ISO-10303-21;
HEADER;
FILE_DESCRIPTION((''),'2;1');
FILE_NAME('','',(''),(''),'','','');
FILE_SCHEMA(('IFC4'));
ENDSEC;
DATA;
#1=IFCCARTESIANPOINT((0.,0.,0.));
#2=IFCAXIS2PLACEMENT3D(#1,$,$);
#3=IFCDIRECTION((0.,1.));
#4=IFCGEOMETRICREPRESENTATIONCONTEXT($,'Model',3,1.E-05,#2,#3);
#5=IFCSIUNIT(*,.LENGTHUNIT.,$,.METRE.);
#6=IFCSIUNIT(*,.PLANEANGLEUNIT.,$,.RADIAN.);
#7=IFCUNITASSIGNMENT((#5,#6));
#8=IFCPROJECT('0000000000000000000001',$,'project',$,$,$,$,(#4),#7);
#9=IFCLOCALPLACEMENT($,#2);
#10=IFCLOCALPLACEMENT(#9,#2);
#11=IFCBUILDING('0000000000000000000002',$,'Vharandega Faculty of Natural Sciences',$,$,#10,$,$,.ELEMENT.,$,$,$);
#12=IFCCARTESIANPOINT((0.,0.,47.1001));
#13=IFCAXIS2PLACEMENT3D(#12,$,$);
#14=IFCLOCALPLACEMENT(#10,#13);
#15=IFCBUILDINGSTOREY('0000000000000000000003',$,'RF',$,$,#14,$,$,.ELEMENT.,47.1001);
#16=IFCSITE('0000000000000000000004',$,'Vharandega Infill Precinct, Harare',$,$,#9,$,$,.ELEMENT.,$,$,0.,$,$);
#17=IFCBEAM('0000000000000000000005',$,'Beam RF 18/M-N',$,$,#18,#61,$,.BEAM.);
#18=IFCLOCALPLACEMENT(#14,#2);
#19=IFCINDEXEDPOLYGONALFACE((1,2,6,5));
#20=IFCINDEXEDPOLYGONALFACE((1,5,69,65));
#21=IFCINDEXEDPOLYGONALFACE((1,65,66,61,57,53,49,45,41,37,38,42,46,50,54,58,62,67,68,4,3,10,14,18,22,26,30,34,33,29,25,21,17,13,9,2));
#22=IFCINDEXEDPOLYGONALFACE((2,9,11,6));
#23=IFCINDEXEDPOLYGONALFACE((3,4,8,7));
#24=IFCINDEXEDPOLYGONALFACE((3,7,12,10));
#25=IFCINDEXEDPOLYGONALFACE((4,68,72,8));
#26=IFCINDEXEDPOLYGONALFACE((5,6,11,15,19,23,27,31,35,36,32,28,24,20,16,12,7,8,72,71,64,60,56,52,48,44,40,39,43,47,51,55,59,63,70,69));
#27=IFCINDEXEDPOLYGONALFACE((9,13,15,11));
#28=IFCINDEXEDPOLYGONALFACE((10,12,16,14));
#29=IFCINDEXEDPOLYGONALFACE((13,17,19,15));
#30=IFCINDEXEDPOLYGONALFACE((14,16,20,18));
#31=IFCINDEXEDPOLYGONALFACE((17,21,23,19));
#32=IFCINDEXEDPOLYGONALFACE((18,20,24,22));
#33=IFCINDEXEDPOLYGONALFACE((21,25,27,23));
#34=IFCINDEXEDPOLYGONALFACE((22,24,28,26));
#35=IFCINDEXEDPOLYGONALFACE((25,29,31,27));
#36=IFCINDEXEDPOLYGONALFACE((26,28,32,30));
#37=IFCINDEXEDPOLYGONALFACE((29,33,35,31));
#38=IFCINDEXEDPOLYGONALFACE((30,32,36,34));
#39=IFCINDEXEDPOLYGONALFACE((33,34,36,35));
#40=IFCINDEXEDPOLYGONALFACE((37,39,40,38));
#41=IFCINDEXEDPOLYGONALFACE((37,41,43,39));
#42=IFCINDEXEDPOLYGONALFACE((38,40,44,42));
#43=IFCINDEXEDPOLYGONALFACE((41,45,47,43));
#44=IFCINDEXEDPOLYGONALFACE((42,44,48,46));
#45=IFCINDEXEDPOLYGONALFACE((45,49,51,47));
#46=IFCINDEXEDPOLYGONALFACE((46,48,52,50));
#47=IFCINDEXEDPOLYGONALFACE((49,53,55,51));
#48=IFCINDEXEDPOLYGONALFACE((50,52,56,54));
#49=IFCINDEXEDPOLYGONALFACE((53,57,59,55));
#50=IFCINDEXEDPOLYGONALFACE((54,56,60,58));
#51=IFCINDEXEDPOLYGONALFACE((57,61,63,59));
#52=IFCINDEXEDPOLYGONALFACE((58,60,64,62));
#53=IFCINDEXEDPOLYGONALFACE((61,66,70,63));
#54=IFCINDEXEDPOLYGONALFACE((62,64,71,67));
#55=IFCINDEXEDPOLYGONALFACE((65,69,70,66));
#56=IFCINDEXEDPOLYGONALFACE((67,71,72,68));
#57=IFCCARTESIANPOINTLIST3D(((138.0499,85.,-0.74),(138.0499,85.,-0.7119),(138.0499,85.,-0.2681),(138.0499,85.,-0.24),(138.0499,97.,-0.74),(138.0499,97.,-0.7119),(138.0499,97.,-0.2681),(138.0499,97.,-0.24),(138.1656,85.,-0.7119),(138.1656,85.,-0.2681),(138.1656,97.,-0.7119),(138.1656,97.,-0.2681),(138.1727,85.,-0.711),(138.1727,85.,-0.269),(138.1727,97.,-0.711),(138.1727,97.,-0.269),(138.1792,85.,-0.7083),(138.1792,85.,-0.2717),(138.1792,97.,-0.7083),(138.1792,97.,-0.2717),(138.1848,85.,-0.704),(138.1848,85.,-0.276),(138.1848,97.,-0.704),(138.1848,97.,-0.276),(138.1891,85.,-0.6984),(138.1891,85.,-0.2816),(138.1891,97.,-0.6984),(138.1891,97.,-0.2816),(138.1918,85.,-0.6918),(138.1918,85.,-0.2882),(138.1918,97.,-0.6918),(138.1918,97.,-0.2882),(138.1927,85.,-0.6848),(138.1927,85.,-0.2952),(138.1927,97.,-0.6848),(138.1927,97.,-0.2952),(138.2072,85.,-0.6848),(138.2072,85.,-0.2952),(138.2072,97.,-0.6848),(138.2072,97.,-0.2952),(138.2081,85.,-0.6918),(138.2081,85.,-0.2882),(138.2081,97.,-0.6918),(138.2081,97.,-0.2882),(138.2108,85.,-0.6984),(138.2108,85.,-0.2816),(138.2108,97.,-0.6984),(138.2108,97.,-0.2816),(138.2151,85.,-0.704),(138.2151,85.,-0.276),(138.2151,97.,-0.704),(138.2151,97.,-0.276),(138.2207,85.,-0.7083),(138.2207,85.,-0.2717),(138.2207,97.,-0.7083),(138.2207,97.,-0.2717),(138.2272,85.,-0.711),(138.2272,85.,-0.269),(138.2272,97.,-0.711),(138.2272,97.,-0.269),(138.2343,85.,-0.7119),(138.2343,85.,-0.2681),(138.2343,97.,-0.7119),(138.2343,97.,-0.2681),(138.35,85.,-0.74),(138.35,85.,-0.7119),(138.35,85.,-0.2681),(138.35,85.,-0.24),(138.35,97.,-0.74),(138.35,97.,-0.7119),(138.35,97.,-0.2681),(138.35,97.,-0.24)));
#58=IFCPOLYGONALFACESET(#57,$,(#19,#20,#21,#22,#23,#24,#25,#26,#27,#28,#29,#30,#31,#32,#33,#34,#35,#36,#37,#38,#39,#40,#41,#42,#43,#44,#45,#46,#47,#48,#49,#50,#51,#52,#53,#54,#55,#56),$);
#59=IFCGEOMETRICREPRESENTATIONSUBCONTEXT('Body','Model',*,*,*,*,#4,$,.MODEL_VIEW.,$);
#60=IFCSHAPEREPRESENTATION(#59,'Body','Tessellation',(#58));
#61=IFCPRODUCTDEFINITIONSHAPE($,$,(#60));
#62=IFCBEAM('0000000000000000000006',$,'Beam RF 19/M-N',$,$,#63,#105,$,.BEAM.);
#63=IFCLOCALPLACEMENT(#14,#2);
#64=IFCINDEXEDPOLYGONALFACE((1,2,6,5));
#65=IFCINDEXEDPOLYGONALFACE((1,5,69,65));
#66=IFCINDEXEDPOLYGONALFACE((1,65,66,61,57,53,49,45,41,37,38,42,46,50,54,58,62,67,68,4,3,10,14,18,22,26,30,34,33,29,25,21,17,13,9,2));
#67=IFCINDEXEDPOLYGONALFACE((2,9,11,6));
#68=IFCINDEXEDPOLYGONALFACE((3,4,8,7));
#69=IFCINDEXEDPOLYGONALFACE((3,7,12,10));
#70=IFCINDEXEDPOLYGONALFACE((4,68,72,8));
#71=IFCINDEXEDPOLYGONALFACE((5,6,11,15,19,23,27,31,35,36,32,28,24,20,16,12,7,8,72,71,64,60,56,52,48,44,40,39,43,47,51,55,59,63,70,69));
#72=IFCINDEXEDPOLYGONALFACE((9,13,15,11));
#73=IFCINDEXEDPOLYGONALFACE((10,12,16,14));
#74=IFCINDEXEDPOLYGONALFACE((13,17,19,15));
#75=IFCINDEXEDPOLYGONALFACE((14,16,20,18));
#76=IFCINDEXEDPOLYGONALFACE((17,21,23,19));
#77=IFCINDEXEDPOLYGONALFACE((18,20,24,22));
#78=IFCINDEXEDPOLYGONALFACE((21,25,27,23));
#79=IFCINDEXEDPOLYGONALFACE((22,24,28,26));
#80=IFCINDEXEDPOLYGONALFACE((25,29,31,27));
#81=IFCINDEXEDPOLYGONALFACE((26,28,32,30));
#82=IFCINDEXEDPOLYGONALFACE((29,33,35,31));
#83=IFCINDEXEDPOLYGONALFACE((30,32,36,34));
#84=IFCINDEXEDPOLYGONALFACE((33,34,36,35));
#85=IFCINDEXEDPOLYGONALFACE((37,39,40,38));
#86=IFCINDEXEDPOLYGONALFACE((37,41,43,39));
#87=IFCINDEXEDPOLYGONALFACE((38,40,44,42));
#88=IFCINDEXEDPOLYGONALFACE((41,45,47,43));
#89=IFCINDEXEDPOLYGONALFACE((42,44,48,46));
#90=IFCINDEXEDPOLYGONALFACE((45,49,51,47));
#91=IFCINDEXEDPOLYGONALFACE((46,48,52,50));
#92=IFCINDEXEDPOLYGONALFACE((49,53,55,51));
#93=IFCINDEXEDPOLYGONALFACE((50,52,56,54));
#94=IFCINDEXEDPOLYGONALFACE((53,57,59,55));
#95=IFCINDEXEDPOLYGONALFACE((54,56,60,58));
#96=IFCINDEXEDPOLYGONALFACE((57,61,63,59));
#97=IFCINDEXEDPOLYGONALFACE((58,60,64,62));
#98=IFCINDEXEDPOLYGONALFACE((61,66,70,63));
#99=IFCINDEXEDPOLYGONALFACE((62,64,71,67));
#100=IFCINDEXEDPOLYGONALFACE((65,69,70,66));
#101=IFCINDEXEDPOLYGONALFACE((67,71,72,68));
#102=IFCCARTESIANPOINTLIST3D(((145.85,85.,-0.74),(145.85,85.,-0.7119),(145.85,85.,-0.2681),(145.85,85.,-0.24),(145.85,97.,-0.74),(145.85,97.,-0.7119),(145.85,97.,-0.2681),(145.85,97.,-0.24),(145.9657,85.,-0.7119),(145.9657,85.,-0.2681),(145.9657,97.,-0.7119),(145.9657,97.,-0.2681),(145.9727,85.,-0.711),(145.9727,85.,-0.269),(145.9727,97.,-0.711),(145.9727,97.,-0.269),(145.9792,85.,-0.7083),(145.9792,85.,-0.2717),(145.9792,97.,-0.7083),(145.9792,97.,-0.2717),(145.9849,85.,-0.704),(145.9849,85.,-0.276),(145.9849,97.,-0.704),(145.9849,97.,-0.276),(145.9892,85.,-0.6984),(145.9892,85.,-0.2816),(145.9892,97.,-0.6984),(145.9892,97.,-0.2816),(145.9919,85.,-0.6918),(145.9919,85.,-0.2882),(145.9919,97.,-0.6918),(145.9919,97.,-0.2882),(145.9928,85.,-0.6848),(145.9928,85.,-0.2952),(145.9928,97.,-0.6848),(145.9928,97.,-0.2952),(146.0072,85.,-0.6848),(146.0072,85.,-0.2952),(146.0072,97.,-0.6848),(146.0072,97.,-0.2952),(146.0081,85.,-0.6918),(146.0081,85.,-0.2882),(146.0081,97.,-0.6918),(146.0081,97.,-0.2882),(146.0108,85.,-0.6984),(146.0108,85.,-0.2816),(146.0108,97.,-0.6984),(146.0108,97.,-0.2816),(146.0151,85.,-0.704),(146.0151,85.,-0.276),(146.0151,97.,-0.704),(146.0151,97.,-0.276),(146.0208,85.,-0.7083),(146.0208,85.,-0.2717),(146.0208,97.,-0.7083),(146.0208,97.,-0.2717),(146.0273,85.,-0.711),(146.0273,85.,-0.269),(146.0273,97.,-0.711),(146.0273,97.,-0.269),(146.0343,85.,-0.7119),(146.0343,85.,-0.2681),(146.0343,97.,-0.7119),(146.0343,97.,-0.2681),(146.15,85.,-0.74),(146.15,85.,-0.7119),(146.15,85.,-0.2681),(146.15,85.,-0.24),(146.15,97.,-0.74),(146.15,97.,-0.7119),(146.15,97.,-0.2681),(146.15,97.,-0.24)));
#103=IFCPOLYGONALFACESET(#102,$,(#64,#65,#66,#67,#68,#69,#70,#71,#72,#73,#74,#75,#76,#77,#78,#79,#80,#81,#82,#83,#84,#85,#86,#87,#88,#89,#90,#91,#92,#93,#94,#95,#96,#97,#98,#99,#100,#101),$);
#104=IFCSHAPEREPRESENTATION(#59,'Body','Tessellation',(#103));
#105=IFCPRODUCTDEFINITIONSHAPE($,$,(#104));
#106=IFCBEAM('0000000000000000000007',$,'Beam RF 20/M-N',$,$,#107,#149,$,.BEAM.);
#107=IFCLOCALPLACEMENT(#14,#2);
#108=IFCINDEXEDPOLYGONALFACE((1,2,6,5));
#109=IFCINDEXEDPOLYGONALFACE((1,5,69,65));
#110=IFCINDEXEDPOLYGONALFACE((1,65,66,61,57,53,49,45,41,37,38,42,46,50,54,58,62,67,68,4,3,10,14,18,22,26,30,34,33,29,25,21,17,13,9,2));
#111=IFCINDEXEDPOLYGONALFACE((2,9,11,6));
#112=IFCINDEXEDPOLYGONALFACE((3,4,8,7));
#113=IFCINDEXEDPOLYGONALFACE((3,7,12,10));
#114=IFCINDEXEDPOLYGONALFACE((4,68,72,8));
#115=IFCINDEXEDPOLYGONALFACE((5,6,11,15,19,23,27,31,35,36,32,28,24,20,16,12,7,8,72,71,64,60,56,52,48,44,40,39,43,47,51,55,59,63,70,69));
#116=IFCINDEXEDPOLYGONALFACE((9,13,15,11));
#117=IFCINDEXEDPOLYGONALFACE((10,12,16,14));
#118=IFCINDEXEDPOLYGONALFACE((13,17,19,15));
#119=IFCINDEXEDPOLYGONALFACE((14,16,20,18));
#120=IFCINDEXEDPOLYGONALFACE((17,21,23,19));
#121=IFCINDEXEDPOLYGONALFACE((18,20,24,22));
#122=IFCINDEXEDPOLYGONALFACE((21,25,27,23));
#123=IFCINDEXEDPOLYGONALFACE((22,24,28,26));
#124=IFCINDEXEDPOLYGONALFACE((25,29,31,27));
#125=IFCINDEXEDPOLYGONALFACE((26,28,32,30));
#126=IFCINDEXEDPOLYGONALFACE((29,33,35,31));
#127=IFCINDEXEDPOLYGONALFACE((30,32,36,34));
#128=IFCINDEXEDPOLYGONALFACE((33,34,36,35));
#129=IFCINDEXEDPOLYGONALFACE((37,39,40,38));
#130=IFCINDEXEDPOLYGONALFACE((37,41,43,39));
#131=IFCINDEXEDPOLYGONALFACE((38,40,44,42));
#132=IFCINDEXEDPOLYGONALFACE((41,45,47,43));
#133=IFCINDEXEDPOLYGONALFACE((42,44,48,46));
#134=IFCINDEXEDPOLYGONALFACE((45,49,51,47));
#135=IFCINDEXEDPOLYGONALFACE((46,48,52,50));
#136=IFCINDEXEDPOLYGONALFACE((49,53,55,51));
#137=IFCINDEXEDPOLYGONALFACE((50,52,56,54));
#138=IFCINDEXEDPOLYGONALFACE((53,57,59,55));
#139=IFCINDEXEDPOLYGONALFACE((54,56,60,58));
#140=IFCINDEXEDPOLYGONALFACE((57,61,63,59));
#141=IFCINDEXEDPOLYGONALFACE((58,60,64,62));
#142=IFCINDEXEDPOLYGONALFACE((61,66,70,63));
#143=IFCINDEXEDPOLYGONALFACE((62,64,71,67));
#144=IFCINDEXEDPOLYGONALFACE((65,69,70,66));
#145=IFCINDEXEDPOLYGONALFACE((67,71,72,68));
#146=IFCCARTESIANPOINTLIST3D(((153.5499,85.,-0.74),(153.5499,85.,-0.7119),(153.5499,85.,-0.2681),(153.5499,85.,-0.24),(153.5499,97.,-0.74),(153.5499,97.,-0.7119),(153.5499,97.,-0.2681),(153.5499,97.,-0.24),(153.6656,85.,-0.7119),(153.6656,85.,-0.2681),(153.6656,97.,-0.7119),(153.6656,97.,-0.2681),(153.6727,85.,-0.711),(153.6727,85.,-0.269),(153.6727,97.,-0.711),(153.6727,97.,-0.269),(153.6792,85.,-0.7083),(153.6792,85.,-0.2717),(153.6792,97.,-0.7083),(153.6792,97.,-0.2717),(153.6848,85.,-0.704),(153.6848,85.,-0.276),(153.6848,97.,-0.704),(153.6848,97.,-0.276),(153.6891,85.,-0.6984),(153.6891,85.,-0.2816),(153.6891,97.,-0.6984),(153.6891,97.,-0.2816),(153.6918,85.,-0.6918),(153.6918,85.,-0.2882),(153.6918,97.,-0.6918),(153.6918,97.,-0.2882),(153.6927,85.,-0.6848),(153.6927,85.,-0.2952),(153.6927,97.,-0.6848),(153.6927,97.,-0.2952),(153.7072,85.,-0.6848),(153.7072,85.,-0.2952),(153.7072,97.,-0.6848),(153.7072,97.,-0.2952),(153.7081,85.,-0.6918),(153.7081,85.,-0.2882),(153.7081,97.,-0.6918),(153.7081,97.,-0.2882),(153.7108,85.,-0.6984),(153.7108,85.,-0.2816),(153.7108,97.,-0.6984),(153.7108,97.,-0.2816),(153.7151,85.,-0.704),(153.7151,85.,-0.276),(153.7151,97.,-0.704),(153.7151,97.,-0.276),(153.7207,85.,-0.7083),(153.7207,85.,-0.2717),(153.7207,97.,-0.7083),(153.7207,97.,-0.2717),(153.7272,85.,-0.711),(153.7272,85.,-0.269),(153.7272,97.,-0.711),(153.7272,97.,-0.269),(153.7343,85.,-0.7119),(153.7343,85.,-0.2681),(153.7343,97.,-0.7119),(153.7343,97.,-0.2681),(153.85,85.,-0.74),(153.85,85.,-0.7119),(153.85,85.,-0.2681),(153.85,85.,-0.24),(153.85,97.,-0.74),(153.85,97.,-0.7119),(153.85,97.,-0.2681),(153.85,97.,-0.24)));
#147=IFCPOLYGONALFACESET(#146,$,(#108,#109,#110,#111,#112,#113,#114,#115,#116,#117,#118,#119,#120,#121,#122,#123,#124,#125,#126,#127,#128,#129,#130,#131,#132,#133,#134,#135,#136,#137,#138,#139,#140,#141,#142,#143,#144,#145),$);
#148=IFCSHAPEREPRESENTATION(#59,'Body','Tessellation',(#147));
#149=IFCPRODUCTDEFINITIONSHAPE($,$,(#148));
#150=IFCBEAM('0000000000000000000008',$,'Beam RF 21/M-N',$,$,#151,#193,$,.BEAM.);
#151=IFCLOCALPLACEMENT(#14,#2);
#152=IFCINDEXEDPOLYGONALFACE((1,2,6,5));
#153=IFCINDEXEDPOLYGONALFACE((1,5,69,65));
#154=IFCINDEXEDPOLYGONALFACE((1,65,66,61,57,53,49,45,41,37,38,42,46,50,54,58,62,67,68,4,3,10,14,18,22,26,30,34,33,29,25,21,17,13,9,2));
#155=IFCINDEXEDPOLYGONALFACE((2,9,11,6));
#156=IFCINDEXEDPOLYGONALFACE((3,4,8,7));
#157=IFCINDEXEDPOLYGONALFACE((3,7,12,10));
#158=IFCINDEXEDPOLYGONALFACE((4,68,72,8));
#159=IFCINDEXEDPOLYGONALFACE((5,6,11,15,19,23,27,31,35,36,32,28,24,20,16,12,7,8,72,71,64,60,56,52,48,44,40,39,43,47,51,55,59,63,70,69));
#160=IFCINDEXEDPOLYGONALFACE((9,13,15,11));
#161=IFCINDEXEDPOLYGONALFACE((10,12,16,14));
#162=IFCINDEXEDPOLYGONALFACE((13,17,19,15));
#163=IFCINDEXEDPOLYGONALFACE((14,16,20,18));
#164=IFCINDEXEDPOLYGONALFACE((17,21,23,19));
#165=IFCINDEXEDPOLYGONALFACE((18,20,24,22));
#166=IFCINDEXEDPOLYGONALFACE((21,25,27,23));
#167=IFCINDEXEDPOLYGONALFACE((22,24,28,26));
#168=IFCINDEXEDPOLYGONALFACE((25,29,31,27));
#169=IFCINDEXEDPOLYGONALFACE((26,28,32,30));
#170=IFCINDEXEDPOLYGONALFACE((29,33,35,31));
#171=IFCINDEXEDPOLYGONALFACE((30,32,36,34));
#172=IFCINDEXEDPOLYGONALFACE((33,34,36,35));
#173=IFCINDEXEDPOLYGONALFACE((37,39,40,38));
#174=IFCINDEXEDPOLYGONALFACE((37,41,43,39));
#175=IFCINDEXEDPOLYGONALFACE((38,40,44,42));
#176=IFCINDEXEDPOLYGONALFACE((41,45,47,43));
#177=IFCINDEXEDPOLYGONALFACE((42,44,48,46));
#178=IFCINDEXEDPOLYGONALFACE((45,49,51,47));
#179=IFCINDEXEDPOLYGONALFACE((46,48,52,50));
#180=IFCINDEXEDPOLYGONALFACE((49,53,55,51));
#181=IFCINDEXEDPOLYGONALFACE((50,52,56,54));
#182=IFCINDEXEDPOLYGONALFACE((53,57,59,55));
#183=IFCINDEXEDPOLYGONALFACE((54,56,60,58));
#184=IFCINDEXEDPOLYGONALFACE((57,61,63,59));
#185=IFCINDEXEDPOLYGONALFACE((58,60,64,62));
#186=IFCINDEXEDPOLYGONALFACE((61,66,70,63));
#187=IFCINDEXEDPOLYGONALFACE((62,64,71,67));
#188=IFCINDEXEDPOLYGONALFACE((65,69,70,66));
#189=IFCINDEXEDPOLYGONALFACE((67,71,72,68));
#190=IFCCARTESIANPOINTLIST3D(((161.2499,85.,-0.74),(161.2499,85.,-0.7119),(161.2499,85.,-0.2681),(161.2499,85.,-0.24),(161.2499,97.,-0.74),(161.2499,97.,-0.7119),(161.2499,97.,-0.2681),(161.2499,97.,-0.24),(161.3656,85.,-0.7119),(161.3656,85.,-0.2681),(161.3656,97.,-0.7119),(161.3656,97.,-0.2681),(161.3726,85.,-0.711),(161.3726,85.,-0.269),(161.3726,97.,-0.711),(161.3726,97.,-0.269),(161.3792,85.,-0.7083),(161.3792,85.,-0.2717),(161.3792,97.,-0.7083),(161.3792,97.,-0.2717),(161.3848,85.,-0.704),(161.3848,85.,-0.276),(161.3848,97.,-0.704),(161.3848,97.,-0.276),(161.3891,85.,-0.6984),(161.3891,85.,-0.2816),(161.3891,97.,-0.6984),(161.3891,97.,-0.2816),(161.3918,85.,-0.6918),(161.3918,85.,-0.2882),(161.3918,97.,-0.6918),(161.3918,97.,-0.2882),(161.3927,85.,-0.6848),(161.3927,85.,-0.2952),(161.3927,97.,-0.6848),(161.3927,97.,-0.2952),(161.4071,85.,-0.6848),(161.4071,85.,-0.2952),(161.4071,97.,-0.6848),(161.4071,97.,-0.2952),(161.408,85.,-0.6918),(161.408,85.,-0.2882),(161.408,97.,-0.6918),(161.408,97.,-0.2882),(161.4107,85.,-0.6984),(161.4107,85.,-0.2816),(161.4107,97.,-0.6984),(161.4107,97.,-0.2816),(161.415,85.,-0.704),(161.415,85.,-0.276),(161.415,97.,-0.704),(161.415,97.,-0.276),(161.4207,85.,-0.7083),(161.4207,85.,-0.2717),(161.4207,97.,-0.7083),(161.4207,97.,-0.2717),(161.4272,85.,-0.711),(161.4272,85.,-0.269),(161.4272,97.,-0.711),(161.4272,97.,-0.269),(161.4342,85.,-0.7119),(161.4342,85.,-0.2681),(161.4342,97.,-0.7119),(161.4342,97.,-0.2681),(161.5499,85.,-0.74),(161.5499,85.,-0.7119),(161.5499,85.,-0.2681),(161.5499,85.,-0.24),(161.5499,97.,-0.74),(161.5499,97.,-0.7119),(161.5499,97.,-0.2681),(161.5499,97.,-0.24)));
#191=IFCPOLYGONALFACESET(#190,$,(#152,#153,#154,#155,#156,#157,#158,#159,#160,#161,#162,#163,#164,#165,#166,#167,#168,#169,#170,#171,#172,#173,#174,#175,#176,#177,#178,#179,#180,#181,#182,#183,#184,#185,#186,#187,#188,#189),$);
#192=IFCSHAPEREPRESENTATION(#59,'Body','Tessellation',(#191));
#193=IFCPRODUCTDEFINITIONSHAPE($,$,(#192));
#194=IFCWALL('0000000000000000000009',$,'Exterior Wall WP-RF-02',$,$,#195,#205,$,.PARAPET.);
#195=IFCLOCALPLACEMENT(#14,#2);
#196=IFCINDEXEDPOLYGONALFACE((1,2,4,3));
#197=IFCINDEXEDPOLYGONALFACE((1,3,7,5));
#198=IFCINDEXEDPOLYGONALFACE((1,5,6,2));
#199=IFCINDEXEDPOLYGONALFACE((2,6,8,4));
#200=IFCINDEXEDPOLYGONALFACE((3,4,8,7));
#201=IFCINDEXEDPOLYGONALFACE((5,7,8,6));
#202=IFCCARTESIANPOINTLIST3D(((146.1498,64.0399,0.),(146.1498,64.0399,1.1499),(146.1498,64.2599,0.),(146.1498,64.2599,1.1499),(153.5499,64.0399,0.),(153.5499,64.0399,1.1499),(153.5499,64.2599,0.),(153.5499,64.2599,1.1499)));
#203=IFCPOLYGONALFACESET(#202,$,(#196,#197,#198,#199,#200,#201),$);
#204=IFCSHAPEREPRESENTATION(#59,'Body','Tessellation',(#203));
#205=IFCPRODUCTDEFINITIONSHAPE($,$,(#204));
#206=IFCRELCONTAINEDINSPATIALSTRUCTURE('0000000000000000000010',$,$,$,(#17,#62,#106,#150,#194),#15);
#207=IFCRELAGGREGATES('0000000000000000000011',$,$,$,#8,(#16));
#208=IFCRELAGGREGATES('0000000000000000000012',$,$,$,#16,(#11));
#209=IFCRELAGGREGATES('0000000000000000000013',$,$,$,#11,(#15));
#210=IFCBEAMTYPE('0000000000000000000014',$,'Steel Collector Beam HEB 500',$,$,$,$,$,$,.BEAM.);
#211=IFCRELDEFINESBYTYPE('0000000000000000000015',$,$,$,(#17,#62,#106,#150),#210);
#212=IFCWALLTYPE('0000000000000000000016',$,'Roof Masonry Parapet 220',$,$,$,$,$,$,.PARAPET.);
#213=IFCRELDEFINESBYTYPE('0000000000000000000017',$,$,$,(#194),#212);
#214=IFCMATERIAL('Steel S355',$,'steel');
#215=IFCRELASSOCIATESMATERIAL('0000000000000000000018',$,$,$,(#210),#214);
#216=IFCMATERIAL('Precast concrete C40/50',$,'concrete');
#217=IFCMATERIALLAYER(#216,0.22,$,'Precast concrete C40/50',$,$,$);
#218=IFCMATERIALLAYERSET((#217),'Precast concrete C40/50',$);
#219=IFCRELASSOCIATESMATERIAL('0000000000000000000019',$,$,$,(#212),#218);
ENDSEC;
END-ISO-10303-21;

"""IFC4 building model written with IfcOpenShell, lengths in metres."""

from ifc_helpers import new_model, si_unit, direction, frame, frame_2d, origin, origin_2d, place, context, subcontext, project, spatial, rectangle, i_section, extrude, material, layer, layer_set, material_profile, profile_set, type_object, element, save


model = new_model("IFC4")

# Units and contexts
model_context = context("Model", 3, precision=1e-05, world=origin(), true_north=direction((0.0, 1.0)))
body_context = subcontext(model_context, "Body", "Model", "MODEL_VIEW")
ifc_project = project(units=[si_unit("LENGTHUNIT", "METRE"), si_unit("PLANEANGLEUNIT", "RADIAN")], contexts=[model_context])

# Site, building, storey
site_placement = place(None, origin())
site = spatial("IfcSite", under=ifc_project, at=site_placement, Name="Vharandega Infill Precinct, Harare", CompositionType="ELEMENT", RefElevation=0.0)
building_placement = place(site_placement, origin())
building = spatial("IfcBuilding", under=site, at=building_placement, Name="Vharandega Faculty of Natural Sciences", CompositionType="ELEMENT")
storey_placement = place(building_placement, frame((0.0, 0.0, 47.1001)))
storey = spatial("IfcBuildingStorey", under=building, at=storey_placement, Name="RF", CompositionType="ELEMENT", Elevation=47.1001)

# Beams
ifc_material_1 = material(Name="Steel S355", Category="steel")
ifc_material_profile_1 = material_profile(ifc_material_1, i_section(OverallWidth=0.3, OverallDepth=0.5, WebThickness=0.0144, FlangeThickness=0.0281, FilletRadius=0.0271, at=origin_2d()), Name="HEB 500")
ifc_profile_set_1 = profile_set([ifc_material_profile_1], Name="Steel S355")
beam_type_1 = type_object("IfcBeamType", Name="Steel Collector Beam HEB 500", PredefinedType="BEAM", material=ifc_profile_set_1)
for number, where, z_axis, x_axis, name in (
    (1, (138.2, 85.0, -0.49), (0.0, 1.0, 0.0), (-1.0, 0.0, 0.0), "Beam RF 18/M-N"),
    (2, (146.0, 85.0, -0.49), (0.0, 1.0, 0.0), (-1.0, 0.0, 0.0), "Beam RF 19/M-N"),
    (3, (153.7, 85.0, -0.49), (0.0, 1.0, 0.0), (-1.0, 0.0, 0.0), "Beam RF 20/M-N"),
    (4, (161.3999, 85.0, -0.49), (0.0, 1.0, 0.0), (-1.0, 0.0, 0.0), "Beam RF 21/M-N"),
):
    element("IfcBeam", number, at=place(storey_placement, frame(where, z_axis=z_axis, x_axis=x_axis)), inside=storey, type_object=beam_type_1, Name=name, PredefinedType="BEAM", context=body_context, shape_type="SweptSolid", body=[
        extrude(i_section(OverallWidth=0.3, OverallDepth=0.5, WebThickness=0.0144, FlangeThickness=0.0281, FilletRadius=0.0271, at=origin_2d()), origin(), (0.0, 0.0, 1.0), 12.0),
    ])

# Wall
ifc_material_2 = material(Name="Precast concrete C40/50", Category="concrete")
ifc_layer = layer(ifc_material_2, 0.22, Name="Precast concrete C40/50")
ifc_layer_set = layer_set([ifc_layer], Name="Precast concrete C40/50")
wall_type = type_object("IfcWallType", Name="Roof Masonry Parapet 220", PredefinedType="PARAPET", material=ifc_layer_set)
wall_placement = place(storey_placement, frame((153.55, 64.1499, 0.0), z_axis=(0.0, 0.0, 1.0), x_axis=(-1.0, 0.0, 0.0)))
element("IfcWall", 5, at=wall_placement, inside=storey, type_object=wall_type, Name="Exterior Wall WP-RF-02", PredefinedType="PARAPET", context=body_context, shape_type="SweptSolid", body=[
    extrude(rectangle(XDim=7.4001, YDim=0.22, at=frame_2d((3.7002, 0.0))), origin(), (0.0, 0.0, 1.0), 1.1499),
])

save(model, "model.ifc")
